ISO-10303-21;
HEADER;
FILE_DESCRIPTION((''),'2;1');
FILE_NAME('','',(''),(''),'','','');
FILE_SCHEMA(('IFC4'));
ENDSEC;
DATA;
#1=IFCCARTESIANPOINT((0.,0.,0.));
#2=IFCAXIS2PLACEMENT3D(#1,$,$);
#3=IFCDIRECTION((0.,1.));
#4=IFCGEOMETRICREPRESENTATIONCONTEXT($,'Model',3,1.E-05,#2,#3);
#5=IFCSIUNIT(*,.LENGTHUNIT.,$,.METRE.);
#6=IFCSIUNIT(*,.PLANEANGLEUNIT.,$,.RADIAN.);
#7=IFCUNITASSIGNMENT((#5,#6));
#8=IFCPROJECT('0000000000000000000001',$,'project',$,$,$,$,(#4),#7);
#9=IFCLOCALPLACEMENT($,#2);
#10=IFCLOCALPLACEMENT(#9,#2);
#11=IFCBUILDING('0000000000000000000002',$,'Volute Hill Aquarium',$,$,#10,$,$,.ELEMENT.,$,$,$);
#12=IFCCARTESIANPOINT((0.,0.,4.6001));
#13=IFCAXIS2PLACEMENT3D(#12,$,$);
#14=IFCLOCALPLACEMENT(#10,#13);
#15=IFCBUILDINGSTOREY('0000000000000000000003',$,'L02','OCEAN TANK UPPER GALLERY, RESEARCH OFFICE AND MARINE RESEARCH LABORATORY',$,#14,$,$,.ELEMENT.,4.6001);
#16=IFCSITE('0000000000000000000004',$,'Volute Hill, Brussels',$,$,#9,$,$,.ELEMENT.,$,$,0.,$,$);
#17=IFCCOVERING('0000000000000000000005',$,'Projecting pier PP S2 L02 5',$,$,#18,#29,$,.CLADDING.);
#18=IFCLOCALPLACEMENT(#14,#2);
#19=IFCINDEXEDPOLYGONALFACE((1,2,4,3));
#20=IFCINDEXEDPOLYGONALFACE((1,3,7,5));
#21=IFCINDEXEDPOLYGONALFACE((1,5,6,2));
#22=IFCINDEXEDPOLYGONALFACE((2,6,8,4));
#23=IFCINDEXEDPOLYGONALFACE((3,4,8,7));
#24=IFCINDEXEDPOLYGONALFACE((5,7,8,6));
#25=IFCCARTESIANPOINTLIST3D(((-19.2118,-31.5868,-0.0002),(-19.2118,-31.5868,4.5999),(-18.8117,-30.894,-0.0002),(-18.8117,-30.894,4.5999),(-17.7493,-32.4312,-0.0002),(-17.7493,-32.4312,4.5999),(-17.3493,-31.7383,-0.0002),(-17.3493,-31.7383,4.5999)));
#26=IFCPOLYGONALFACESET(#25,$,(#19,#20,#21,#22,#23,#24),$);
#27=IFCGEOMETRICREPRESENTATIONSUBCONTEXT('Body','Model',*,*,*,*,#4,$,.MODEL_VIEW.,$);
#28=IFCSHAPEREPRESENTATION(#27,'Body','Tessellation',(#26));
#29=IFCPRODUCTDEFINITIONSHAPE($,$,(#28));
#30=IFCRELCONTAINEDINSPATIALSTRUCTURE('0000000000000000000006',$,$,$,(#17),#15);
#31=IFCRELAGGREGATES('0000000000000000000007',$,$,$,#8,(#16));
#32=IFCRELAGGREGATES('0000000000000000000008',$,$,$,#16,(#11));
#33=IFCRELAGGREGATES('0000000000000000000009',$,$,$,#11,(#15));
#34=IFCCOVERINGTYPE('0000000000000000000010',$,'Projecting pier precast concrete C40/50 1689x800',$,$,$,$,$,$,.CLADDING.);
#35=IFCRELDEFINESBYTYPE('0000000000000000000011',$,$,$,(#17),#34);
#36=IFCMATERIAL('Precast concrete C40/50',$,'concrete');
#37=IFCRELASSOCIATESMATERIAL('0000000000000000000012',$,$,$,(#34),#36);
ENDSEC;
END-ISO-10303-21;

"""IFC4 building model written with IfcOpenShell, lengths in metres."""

from ifc_helpers import new_model, si_unit, direction, frame, origin, origin_2d, place, context, subcontext, project, spatial, rectangle, extrude, material, type_object, element, save


model = new_model("IFC4")

# Units and contexts
model_context = context("Model", 3, precision=1e-05, world=origin(), true_north=direction((0.0, 1.0)))
body_context = subcontext(model_context, "Body", "Model", "MODEL_VIEW")
ifc_project = project(units=[si_unit("LENGTHUNIT", "METRE"), si_unit("PLANEANGLEUNIT", "RADIAN")], contexts=[model_context])

# Site, building, storey
site_placement = place(None, origin())
site = spatial("IfcSite", under=ifc_project, at=site_placement, Name="Volute Hill, Brussels", CompositionType="ELEMENT", RefElevation=0.0)
building_placement = place(site_placement, origin())
building = spatial("IfcBuilding", under=site, at=building_placement, Name="Volute Hill Aquarium", CompositionType="ELEMENT")
storey_placement = place(building_placement, frame((0.0, 0.0, 4.6001)))
storey = spatial("IfcBuildingStorey", under=building, at=storey_placement, Name="L02", Description="OCEAN TANK UPPER GALLERY, RESEARCH OFFICE AND MARINE RESEARCH LABORATORY", CompositionType="ELEMENT", Elevation=4.6001)

# Covering
ifc_material_1 = material(Name="Precast concrete C40/50", Category="concrete")
covering_type_1 = type_object("IfcCoveringType", Name="Projecting pier precast concrete C40/50 1689x800", PredefinedType="CLADDING", material=ifc_material_1)
covering_1_placement = place(storey_placement, frame((-18.2805, -31.6626, -0.0002), z_axis=(0.0, 0.0, 1.0), x_axis=(0.866025, -0.5, 0.0)))
element("IfcCovering", 1, at=covering_1_placement, inside=storey, type_object=covering_type_1, Name="Projecting pier PP S2 L02 5", PredefinedType="CLADDING", context=body_context, shape_type="SweptSolid", body=[
    extrude(rectangle(XDim=1.6887, YDim=0.8, at=origin_2d()), origin(), (0.0, 0.0, 1.0), 4.6001),
])

save(model, "model.ifc")
